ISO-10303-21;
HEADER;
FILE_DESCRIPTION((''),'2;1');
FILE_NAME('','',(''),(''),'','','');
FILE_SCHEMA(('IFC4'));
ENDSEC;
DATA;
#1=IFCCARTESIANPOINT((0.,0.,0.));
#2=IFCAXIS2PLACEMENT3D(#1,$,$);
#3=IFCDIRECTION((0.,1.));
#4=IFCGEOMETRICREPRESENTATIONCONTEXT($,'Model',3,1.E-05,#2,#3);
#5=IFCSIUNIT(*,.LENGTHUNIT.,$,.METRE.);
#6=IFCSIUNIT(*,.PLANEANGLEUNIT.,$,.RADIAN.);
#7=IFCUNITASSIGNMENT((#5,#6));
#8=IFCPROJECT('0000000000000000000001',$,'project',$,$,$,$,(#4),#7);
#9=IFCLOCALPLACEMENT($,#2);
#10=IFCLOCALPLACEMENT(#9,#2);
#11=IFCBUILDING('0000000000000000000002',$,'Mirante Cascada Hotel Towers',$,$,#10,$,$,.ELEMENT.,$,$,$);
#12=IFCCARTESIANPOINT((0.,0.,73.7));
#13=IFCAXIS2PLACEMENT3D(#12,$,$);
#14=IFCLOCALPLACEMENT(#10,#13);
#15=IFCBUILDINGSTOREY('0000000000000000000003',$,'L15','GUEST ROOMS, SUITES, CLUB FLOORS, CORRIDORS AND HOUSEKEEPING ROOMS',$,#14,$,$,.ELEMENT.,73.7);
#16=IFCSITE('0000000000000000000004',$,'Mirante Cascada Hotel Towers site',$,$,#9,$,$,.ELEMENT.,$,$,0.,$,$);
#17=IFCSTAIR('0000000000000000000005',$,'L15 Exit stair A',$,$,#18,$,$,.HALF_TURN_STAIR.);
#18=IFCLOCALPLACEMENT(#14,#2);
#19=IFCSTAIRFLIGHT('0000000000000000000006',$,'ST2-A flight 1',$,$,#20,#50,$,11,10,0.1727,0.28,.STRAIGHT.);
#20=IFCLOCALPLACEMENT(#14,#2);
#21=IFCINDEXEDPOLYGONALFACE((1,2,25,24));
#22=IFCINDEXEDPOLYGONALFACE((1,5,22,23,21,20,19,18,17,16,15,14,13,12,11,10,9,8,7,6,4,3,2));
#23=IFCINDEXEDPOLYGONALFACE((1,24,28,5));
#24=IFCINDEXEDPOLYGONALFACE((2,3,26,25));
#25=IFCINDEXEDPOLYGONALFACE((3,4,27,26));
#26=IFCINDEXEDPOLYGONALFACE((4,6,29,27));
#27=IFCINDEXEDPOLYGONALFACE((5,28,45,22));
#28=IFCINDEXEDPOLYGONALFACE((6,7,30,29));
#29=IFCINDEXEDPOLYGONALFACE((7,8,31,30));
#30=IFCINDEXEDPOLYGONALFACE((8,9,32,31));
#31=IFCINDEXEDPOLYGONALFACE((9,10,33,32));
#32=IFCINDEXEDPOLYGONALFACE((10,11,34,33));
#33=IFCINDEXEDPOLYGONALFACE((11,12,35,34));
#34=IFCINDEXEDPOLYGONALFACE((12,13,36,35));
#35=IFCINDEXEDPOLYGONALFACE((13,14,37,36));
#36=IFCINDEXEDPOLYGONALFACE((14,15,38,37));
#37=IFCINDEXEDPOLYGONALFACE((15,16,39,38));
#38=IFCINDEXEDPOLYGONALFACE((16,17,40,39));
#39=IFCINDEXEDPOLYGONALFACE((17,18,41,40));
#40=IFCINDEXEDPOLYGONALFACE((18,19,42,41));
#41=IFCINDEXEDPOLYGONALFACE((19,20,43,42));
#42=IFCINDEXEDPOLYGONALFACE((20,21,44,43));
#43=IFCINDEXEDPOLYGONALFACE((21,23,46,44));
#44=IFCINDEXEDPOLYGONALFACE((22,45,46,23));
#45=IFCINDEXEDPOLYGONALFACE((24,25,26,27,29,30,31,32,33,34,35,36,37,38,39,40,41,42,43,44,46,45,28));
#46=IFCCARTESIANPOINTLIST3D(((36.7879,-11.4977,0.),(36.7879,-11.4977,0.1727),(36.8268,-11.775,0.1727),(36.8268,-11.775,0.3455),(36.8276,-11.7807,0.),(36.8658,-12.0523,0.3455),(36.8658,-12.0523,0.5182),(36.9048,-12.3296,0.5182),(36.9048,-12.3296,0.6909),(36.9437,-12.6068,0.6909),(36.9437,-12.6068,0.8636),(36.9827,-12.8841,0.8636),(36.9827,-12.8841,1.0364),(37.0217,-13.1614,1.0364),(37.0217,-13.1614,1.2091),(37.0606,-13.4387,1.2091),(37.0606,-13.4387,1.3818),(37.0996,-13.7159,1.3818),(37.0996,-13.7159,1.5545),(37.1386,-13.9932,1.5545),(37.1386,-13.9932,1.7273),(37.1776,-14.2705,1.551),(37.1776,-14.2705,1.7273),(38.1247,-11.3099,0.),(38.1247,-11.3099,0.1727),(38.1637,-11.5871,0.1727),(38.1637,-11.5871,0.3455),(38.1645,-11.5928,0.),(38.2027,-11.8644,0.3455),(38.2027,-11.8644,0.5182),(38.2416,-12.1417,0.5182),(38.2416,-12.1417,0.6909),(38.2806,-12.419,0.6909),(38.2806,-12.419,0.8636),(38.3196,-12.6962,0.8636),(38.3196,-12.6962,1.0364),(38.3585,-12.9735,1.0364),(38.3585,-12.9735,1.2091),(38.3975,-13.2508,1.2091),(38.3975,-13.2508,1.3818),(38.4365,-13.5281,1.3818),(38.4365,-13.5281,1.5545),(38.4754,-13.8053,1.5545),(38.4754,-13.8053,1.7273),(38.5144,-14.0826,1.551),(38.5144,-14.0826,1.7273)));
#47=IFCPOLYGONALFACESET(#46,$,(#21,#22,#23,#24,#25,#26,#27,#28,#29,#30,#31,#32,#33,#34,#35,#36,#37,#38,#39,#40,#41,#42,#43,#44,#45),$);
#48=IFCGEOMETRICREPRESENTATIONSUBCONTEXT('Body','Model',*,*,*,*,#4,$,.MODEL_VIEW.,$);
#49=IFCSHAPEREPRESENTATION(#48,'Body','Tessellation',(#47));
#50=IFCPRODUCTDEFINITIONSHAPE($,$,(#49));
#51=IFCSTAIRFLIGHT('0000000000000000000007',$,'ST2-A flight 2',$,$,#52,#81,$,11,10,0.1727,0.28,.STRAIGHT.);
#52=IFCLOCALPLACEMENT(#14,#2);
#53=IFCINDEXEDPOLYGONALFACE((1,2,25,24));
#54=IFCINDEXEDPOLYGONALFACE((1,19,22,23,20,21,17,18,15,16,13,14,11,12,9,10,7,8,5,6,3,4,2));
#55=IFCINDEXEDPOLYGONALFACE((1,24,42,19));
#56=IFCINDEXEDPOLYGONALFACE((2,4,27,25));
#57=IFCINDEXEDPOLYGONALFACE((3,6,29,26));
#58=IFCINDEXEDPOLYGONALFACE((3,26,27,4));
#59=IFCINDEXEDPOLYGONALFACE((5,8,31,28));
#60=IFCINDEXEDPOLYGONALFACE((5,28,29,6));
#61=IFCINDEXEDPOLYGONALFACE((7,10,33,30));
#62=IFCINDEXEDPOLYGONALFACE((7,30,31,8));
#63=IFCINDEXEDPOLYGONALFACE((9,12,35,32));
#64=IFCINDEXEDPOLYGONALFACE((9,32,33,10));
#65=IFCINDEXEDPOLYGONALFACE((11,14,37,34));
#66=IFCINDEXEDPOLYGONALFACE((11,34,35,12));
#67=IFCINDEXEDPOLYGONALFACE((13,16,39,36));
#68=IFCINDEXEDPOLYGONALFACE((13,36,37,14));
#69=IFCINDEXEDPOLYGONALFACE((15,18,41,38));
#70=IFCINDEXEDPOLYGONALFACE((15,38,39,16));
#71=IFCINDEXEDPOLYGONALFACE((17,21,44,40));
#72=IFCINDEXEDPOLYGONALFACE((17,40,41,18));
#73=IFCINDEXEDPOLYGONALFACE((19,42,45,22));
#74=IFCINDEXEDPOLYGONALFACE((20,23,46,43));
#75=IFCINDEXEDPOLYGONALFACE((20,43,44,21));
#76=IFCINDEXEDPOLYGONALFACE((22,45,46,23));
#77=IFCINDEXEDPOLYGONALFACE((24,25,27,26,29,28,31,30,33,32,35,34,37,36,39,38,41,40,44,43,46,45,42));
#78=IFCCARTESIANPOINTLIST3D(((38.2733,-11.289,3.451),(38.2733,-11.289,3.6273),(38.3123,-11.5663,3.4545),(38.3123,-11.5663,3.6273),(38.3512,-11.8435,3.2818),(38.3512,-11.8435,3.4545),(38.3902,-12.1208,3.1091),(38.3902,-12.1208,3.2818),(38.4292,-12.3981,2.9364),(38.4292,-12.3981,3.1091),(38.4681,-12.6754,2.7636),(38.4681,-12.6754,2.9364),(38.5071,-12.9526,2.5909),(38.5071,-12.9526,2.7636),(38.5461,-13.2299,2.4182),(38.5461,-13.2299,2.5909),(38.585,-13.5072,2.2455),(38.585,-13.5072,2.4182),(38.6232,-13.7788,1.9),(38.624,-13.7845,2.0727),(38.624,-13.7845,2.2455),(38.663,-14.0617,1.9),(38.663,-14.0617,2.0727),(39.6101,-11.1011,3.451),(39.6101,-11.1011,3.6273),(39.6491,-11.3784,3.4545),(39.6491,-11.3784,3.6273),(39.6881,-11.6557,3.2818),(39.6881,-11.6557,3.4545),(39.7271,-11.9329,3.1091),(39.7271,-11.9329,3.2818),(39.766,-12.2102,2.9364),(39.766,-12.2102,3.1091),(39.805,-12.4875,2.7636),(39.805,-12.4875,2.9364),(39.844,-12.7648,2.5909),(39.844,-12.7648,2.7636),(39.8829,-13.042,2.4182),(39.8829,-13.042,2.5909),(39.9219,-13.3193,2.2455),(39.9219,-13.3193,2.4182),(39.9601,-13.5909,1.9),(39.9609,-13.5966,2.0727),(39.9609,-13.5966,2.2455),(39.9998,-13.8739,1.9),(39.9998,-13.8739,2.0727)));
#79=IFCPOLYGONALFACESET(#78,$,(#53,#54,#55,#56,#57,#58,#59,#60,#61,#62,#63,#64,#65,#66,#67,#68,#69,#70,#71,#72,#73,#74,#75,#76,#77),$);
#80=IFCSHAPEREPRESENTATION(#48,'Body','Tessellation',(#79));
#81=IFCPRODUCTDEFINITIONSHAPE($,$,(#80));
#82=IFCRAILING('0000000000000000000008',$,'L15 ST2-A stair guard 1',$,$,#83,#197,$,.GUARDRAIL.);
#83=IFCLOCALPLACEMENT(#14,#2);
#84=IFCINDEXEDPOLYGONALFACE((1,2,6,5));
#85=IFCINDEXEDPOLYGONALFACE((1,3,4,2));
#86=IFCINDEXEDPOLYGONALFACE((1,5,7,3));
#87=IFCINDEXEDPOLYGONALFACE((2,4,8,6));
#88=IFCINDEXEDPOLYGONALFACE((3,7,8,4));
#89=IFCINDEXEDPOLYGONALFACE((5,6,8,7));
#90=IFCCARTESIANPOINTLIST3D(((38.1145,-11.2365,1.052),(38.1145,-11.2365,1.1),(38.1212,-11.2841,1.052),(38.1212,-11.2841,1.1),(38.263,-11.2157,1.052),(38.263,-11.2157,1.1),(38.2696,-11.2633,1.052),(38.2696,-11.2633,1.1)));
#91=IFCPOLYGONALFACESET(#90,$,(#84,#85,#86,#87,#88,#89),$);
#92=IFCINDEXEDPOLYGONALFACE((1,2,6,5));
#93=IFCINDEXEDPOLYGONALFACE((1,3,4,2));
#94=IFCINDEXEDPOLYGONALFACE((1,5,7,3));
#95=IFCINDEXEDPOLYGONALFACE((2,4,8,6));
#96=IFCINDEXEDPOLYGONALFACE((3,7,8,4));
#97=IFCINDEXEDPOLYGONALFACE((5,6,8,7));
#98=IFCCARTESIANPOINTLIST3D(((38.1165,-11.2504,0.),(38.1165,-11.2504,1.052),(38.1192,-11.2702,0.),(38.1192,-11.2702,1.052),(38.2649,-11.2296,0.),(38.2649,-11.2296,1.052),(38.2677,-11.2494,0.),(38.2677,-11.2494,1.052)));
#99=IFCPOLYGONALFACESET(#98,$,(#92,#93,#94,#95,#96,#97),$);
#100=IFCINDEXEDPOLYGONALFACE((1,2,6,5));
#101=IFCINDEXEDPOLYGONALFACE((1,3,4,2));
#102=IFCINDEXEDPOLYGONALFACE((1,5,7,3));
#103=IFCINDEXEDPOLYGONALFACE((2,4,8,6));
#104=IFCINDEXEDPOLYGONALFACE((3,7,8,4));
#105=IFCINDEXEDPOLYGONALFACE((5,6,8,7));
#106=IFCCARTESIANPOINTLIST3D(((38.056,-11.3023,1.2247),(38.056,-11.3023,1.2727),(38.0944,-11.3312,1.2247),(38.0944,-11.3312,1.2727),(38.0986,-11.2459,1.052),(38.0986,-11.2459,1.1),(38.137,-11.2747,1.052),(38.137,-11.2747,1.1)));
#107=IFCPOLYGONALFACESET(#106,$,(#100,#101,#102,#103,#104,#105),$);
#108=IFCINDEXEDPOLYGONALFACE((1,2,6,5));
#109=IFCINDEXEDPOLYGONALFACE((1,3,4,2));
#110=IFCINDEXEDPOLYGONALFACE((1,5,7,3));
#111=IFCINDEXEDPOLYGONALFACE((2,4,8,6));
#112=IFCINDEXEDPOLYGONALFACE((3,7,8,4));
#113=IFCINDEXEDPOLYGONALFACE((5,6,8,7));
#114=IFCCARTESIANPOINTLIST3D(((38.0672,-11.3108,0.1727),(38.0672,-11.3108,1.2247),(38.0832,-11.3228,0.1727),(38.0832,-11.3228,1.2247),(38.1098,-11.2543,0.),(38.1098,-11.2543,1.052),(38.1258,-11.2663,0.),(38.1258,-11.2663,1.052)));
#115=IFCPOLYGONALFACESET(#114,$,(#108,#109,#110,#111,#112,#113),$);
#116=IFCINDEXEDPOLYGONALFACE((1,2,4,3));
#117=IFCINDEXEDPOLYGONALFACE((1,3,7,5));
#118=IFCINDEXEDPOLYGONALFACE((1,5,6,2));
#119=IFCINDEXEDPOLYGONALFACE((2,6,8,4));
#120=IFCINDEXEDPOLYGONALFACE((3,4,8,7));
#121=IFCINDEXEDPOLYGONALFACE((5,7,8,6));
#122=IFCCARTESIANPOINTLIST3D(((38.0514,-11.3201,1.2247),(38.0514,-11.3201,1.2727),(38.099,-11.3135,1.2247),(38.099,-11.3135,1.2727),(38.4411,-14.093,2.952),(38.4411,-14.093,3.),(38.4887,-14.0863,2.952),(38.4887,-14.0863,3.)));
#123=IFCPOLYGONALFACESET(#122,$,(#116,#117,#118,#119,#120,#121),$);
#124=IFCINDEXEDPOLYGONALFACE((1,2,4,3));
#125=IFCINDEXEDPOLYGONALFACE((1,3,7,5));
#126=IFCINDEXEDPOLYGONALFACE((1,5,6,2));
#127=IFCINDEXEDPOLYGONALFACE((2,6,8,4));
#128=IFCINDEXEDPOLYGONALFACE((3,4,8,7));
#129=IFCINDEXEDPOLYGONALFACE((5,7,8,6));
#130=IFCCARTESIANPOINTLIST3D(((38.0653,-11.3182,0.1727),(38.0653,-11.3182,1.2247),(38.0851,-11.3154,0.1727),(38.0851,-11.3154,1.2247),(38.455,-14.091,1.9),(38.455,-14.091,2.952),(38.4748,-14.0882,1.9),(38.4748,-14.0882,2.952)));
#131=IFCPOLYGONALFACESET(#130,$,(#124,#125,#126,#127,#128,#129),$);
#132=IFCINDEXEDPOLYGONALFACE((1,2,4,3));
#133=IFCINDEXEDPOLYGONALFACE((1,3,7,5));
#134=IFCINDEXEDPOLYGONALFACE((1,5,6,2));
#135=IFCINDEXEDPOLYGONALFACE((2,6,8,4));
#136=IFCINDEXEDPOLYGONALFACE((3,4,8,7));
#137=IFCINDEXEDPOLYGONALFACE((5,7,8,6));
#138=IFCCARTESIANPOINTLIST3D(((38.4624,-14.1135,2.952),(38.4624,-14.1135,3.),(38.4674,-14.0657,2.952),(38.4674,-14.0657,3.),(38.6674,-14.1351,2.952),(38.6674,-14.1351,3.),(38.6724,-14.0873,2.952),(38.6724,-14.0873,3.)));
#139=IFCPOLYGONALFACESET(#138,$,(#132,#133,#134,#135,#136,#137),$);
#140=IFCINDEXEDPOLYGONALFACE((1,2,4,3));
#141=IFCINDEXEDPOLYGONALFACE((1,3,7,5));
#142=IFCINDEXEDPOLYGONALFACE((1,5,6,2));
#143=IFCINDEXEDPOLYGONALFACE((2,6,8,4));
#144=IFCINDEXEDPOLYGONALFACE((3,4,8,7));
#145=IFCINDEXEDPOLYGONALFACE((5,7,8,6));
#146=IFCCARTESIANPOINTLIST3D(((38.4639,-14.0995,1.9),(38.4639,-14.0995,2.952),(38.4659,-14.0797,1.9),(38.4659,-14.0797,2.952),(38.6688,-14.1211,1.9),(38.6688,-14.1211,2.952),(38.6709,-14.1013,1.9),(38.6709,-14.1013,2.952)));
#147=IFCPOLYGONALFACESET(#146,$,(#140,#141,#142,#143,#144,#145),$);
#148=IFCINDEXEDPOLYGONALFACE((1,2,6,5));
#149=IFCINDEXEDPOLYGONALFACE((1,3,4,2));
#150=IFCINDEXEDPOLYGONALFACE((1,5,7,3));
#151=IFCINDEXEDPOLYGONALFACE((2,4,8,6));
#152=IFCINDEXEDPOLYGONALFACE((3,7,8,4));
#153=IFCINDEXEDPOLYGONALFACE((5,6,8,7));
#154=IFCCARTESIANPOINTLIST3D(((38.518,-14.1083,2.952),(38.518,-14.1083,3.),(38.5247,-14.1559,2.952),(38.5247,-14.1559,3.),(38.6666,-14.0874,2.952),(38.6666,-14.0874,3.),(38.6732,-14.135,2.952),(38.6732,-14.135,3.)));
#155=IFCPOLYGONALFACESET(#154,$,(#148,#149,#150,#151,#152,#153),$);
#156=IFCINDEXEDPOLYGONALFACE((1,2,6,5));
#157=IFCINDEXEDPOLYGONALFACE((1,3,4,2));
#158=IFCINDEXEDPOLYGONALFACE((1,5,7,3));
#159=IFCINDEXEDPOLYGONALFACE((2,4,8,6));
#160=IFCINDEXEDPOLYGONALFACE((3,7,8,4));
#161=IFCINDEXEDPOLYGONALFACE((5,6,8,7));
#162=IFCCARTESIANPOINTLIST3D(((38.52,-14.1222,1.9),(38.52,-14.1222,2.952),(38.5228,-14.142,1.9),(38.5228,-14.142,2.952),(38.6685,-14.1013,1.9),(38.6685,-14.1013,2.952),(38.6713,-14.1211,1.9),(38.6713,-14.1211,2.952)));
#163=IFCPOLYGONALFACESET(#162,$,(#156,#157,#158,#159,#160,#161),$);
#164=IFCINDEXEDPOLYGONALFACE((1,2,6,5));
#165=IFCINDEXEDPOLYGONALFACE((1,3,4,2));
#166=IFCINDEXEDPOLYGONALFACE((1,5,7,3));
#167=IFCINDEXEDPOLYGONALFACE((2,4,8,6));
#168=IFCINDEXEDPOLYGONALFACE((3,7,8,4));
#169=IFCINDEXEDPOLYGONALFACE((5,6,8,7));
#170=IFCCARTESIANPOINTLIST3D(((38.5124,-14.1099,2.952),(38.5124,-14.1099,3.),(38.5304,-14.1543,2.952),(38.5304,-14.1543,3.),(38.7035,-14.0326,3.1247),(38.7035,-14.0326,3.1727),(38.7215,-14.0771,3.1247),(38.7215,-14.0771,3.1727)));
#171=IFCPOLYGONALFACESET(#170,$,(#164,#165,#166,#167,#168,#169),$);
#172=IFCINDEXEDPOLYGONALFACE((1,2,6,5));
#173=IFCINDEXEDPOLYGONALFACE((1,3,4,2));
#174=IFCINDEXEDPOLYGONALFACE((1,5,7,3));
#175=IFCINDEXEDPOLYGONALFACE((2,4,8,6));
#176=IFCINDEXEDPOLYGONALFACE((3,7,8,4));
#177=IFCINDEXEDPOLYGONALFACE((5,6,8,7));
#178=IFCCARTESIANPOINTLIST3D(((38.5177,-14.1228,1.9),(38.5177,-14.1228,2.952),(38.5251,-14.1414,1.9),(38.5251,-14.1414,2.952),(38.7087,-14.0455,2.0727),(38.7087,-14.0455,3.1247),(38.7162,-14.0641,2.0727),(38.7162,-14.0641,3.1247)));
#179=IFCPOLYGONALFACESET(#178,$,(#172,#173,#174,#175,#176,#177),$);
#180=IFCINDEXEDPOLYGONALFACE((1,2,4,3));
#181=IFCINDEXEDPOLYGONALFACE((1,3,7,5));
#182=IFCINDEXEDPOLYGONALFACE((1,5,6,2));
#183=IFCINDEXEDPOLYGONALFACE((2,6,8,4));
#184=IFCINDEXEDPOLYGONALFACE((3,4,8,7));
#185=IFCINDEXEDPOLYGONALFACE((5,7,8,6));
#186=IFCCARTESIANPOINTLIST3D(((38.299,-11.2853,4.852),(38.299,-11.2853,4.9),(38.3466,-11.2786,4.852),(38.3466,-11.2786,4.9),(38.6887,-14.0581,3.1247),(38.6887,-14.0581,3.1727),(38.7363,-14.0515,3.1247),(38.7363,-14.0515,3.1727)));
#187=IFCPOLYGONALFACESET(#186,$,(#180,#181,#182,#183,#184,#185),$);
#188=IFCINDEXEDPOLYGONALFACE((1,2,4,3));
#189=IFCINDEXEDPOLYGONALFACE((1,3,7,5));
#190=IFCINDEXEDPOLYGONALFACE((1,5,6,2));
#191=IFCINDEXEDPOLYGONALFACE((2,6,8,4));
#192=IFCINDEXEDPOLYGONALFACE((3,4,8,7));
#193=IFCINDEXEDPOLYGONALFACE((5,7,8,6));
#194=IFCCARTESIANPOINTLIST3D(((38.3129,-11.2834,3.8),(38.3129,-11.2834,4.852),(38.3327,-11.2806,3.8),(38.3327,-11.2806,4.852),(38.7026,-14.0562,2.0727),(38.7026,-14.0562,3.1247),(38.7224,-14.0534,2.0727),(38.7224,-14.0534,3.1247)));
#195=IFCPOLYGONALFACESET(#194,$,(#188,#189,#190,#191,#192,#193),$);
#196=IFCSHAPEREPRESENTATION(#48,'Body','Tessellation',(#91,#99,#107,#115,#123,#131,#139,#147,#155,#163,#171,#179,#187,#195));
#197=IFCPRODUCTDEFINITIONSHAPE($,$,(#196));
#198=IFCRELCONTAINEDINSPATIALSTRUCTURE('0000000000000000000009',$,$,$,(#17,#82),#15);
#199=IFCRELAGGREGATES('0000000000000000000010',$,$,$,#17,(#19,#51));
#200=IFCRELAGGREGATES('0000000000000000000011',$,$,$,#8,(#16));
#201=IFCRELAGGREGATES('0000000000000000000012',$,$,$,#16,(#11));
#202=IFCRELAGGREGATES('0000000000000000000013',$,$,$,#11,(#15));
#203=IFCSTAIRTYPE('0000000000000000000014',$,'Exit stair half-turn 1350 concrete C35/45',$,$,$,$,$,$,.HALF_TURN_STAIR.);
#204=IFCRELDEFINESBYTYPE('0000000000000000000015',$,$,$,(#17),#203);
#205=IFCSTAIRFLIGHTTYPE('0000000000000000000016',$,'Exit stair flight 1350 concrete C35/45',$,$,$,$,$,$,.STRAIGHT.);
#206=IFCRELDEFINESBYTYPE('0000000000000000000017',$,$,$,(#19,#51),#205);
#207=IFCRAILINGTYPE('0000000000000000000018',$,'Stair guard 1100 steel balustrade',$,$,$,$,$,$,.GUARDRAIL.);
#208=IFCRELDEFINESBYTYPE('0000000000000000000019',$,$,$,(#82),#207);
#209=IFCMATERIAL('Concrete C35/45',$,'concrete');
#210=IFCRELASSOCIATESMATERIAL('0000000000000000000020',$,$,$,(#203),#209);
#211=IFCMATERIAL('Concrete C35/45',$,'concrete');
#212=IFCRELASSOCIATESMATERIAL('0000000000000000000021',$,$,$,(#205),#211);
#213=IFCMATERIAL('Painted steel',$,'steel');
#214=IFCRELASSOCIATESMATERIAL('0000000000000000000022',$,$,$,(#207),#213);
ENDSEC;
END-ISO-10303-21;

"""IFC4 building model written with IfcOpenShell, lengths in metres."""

from ifc_helpers import new_model, si_unit, direction, frame, origin, origin_2d, place, context, subcontext, project, spatial, polyline, rectangle, outline, extrude, material, type_object, element, aggregate, save


model = new_model("IFC4")

# Units and contexts
model_context = context("Model", 3, precision=1e-05, world=origin(), true_north=direction((0.0, 1.0)))
body_context = subcontext(model_context, "Body", "Model", "MODEL_VIEW")
ifc_project = project(units=[si_unit("LENGTHUNIT", "METRE"), si_unit("PLANEANGLEUNIT", "RADIAN")], contexts=[model_context])

# Site, building, storey
site_placement = place(None, origin())
site = spatial("IfcSite", under=ifc_project, at=site_placement, Name="Mirante Cascada Hotel Towers site", CompositionType="ELEMENT", RefElevation=0.0)
building_placement = place(site_placement, origin())
building = spatial("IfcBuilding", under=site, at=building_placement, Name="Mirante Cascada Hotel Towers", CompositionType="ELEMENT")
storey_placement = place(building_placement, frame((0.0, 0.0, 73.7)))
storey = spatial("IfcBuildingStorey", under=building, at=storey_placement, Name="L15", Description="GUEST ROOMS, SUITES, CLUB FLOORS, CORRIDORS AND HOUSEKEEPING ROOMS", CompositionType="ELEMENT", Elevation=73.7)

# Stair, stair flights
ifc_material_1 = material(Name="Concrete C35/45", Category="concrete")
stair_type = type_object("IfcStairType", Name="Exit stair half-turn 1350 concrete C35/45", PredefinedType="HALF_TURN_STAIR", material=ifc_material_1)
stair_placement = place(storey_placement, origin())
stair = element("IfcStair", 1, at=stair_placement, inside=storey, type_object=stair_type, Name="L15 Exit stair A", PredefinedType="HALF_TURN_STAIR")
ifc_material_2 = material(Name="Concrete C35/45", Category="concrete")
stair_flight_type = type_object("IfcStairFlightType", Name="Exit stair flight 1350 concrete C35/45", PredefinedType="STRAIGHT", material=ifc_material_2)
stair_flight_1_placement = place(storey_placement, frame((37.4563, -11.4038, 0.0), z_axis=(0.0, 0.0, 1.0), x_axis=(0.139173, -0.990268, 0.0)))
stair_flight_1 = element("IfcStairFlight", 2, at=stair_flight_1_placement, type_object=stair_flight_type, Name="ST2-A flight 1", NumberOfRisers=11, NumberOfTreads=10, PredefinedType="STRAIGHT", RiserHeight=0.1727, TreadLength=0.28, context=body_context, shape_type="SweptSolid", body=[
    extrude(outline(polyline([(0.0, 0.0), (0.0, 0.1727), (0.28, 0.1727), (0.28, 0.3455), (0.56, 0.3455), (0.56, 0.5182), (0.84, 0.5182), (0.84, 0.6909), (1.12, 0.6909), (1.12, 0.8636), (1.4, 0.8636), (1.4, 1.0364), (1.68, 1.0364), (1.68, 1.2091), (1.96, 1.2091), (1.96, 1.3818), (2.24, 1.3818), (2.24, 1.5545), (2.52, 1.5545), (2.52, 1.7273), (2.8, 1.7273), (2.8, 1.9), (2.8, 1.551), (0.2857, 0.0), (0.0, 0.0)])), frame((0.0, 0.675, 0.0), z_axis=(0.0, -1.0, 0.0), x_axis=(1.0, 0.0, 0.0)), (0.0, 0.0, 1.0), 1.35),
])
stair_flight_2_placement = place(storey_placement, frame((39.3314, -13.9678, 1.9), z_axis=(0.0, 0.0, 1.0), x_axis=(-0.139173, 0.990268, 0.0)))
stair_flight_2 = element("IfcStairFlight", 3, at=stair_flight_2_placement, type_object=stair_flight_type, Name="ST2-A flight 2", NumberOfRisers=11, NumberOfTreads=10, PredefinedType="STRAIGHT", RiserHeight=0.1727, TreadLength=0.28, context=body_context, shape_type="SweptSolid", body=[
    extrude(outline(polyline([(0.0, 0.0), (0.0, 0.1727), (0.28, 0.1727), (0.28, 0.3455), (0.56, 0.3455), (0.56, 0.5182), (0.84, 0.5182), (0.84, 0.6909), (1.12, 0.6909), (1.12, 0.8636), (1.4, 0.8636), (1.4, 1.0364), (1.68, 1.0364), (1.68, 1.2091), (1.96, 1.2091), (1.96, 1.3818), (2.24, 1.3818), (2.24, 1.5545), (2.52, 1.5545), (2.52, 1.7273), (2.8, 1.7273), (2.8, 1.9), (2.8, 1.551), (0.2857, 0.0), (0.0, 0.0)])), frame((0.0, 0.675, 0.0), z_axis=(0.0, -1.0, 0.0), x_axis=(1.0, 0.0, 0.0)), (0.0, 0.0, 1.0), 1.35),
])
aggregate(stair, [stair_flight_1, stair_flight_2])

# Railing
ifc_material_3 = material(Name="Painted steel", Category="steel")
railing_type = type_object("IfcRailingType", Name="Stair guard 1100 steel balustrade", PredefinedType="GUARDRAIL", material=ifc_material_3)
railing_placement = place(storey_placement, frame((38.2663, -11.2395, 0.0)))
element("IfcRailing", 4, at=railing_placement, inside=storey, type_object=railing_type, Name="L15 ST2-A stair guard 1", PredefinedType="GUARDRAIL", context=body_context, shape_type="SweptSolid", body=[
    extrude(rectangle(XDim=0.048, YDim=0.048, at=origin_2d()), frame((0.0, 0.0, 1.076), z_axis=(-0.990333, -0.138713, 0.0), x_axis=(0.138713, -0.990333, 0.0)), (0.0, 0.0, 1.0), 0.1499),
    extrude(rectangle(XDim=0.02, YDim=1.052, at=origin_2d()), frame((0.0, 0.0, 0.526), z_axis=(-0.990333, -0.138713, 0.0), x_axis=(0.138713, -0.990333, 0.0)), (0.0, 0.0, 1.0), 0.1499),
    extrude(rectangle(XDim=0.048, YDim=0.048, at=origin_2d()), frame((-0.1485, -0.0208, 1.076), z_axis=(-0.602033, -0.798471, 0.0), x_axis=(0.798471, -0.602033, 0.0)), (0.0, 0.92534, 0.379139), 0.1866),
    extrude(rectangle(XDim=0.02, YDim=1.052, at=origin_2d()), frame((-0.1485, -0.0208, 0.526), z_axis=(-0.602033, -0.798471, 0.0), x_axis=(0.798471, -0.602033, 0.0)), (0.0, 0.92534, 0.379139), 0.1866),
    extrude(rectangle(XDim=0.048, YDim=0.048, at=origin_2d()), frame((-0.1911, -0.0773, 1.2487), z_axis=(0.139176, -0.990268, 0.0), x_axis=(0.990268, 0.139176, 0.0)), (0.0, 0.525021, 0.851089), 3.29),
    extrude(rectangle(XDim=0.02, YDim=1.052, at=origin_2d()), frame((-0.1911, -0.0773, 0.6987), z_axis=(0.139176, -0.990268, 0.0), x_axis=(0.990268, 0.139176, 0.0)), (0.0, 0.525021, 0.851089), 3.29),
    extrude(rectangle(XDim=0.048, YDim=0.048, at=origin_2d()), frame((0.1986, -2.8501, 2.976), z_axis=(0.994495, -0.104786, 0.0), x_axis=(0.104786, 0.994495, 0.0)), (0.0, 0.0, 1.0), 0.2061),
    extrude(rectangle(XDim=0.02, YDim=1.052, at=origin_2d()), frame((0.1986, -2.8501, 2.426), z_axis=(0.994495, -0.104786, 0.0), x_axis=(0.104786, 0.994495, 0.0)), (0.0, 0.0, 1.0), 0.2061),
    extrude(rectangle(XDim=0.048, YDim=0.048, at=origin_2d()), frame((0.4036, -2.8717, 2.976), z_axis=(-0.990241, -0.139367, 0.0), x_axis=(0.139367, -0.990241, 0.0)), (0.0, 0.0, 1.0), 0.15),
    extrude(rectangle(XDim=0.02, YDim=1.052, at=origin_2d()), frame((0.4036, -2.8717, 2.426), z_axis=(-0.990241, -0.139367, 0.0), x_axis=(0.139367, -0.990241, 0.0)), (0.0, 0.0, 1.0), 0.15),
    extrude(rectangle(XDim=0.048, YDim=0.048, at=origin_2d()), frame((0.2551, -2.8926, 2.976), z_axis=(0.927031, 0.374984, 0.0), x_axis=(-0.374984, 0.927031, 0.0)), (0.0, 0.64219, 0.766545), 0.2689),
    extrude(rectangle(XDim=0.02, YDim=1.052, at=origin_2d()), frame((0.2551, -2.8926, 2.426), z_axis=(0.927031, 0.374984, 0.0), x_axis=(-0.374984, 0.927031, 0.0)), (0.0, 0.64219, 0.766545), 0.2689),
    extrude(rectangle(XDim=0.048, YDim=0.048, at=origin_2d()), frame((0.4462, -2.8153, 3.1487), z_axis=(-0.139176, 0.990268, 0.0), x_axis=(-0.990268, -0.139176, 0.0)), (0.0, 0.525021, 0.851089), 3.29),
    extrude(rectangle(XDim=0.02, YDim=1.052, at=origin_2d()), frame((0.4462, -2.8153, 2.5987), z_axis=(-0.139176, 0.990268, 0.0), x_axis=(-0.990268, -0.139176, 0.0)), (0.0, 0.525021, 0.851089), 3.29),
])

save(model, "model.ifc")
